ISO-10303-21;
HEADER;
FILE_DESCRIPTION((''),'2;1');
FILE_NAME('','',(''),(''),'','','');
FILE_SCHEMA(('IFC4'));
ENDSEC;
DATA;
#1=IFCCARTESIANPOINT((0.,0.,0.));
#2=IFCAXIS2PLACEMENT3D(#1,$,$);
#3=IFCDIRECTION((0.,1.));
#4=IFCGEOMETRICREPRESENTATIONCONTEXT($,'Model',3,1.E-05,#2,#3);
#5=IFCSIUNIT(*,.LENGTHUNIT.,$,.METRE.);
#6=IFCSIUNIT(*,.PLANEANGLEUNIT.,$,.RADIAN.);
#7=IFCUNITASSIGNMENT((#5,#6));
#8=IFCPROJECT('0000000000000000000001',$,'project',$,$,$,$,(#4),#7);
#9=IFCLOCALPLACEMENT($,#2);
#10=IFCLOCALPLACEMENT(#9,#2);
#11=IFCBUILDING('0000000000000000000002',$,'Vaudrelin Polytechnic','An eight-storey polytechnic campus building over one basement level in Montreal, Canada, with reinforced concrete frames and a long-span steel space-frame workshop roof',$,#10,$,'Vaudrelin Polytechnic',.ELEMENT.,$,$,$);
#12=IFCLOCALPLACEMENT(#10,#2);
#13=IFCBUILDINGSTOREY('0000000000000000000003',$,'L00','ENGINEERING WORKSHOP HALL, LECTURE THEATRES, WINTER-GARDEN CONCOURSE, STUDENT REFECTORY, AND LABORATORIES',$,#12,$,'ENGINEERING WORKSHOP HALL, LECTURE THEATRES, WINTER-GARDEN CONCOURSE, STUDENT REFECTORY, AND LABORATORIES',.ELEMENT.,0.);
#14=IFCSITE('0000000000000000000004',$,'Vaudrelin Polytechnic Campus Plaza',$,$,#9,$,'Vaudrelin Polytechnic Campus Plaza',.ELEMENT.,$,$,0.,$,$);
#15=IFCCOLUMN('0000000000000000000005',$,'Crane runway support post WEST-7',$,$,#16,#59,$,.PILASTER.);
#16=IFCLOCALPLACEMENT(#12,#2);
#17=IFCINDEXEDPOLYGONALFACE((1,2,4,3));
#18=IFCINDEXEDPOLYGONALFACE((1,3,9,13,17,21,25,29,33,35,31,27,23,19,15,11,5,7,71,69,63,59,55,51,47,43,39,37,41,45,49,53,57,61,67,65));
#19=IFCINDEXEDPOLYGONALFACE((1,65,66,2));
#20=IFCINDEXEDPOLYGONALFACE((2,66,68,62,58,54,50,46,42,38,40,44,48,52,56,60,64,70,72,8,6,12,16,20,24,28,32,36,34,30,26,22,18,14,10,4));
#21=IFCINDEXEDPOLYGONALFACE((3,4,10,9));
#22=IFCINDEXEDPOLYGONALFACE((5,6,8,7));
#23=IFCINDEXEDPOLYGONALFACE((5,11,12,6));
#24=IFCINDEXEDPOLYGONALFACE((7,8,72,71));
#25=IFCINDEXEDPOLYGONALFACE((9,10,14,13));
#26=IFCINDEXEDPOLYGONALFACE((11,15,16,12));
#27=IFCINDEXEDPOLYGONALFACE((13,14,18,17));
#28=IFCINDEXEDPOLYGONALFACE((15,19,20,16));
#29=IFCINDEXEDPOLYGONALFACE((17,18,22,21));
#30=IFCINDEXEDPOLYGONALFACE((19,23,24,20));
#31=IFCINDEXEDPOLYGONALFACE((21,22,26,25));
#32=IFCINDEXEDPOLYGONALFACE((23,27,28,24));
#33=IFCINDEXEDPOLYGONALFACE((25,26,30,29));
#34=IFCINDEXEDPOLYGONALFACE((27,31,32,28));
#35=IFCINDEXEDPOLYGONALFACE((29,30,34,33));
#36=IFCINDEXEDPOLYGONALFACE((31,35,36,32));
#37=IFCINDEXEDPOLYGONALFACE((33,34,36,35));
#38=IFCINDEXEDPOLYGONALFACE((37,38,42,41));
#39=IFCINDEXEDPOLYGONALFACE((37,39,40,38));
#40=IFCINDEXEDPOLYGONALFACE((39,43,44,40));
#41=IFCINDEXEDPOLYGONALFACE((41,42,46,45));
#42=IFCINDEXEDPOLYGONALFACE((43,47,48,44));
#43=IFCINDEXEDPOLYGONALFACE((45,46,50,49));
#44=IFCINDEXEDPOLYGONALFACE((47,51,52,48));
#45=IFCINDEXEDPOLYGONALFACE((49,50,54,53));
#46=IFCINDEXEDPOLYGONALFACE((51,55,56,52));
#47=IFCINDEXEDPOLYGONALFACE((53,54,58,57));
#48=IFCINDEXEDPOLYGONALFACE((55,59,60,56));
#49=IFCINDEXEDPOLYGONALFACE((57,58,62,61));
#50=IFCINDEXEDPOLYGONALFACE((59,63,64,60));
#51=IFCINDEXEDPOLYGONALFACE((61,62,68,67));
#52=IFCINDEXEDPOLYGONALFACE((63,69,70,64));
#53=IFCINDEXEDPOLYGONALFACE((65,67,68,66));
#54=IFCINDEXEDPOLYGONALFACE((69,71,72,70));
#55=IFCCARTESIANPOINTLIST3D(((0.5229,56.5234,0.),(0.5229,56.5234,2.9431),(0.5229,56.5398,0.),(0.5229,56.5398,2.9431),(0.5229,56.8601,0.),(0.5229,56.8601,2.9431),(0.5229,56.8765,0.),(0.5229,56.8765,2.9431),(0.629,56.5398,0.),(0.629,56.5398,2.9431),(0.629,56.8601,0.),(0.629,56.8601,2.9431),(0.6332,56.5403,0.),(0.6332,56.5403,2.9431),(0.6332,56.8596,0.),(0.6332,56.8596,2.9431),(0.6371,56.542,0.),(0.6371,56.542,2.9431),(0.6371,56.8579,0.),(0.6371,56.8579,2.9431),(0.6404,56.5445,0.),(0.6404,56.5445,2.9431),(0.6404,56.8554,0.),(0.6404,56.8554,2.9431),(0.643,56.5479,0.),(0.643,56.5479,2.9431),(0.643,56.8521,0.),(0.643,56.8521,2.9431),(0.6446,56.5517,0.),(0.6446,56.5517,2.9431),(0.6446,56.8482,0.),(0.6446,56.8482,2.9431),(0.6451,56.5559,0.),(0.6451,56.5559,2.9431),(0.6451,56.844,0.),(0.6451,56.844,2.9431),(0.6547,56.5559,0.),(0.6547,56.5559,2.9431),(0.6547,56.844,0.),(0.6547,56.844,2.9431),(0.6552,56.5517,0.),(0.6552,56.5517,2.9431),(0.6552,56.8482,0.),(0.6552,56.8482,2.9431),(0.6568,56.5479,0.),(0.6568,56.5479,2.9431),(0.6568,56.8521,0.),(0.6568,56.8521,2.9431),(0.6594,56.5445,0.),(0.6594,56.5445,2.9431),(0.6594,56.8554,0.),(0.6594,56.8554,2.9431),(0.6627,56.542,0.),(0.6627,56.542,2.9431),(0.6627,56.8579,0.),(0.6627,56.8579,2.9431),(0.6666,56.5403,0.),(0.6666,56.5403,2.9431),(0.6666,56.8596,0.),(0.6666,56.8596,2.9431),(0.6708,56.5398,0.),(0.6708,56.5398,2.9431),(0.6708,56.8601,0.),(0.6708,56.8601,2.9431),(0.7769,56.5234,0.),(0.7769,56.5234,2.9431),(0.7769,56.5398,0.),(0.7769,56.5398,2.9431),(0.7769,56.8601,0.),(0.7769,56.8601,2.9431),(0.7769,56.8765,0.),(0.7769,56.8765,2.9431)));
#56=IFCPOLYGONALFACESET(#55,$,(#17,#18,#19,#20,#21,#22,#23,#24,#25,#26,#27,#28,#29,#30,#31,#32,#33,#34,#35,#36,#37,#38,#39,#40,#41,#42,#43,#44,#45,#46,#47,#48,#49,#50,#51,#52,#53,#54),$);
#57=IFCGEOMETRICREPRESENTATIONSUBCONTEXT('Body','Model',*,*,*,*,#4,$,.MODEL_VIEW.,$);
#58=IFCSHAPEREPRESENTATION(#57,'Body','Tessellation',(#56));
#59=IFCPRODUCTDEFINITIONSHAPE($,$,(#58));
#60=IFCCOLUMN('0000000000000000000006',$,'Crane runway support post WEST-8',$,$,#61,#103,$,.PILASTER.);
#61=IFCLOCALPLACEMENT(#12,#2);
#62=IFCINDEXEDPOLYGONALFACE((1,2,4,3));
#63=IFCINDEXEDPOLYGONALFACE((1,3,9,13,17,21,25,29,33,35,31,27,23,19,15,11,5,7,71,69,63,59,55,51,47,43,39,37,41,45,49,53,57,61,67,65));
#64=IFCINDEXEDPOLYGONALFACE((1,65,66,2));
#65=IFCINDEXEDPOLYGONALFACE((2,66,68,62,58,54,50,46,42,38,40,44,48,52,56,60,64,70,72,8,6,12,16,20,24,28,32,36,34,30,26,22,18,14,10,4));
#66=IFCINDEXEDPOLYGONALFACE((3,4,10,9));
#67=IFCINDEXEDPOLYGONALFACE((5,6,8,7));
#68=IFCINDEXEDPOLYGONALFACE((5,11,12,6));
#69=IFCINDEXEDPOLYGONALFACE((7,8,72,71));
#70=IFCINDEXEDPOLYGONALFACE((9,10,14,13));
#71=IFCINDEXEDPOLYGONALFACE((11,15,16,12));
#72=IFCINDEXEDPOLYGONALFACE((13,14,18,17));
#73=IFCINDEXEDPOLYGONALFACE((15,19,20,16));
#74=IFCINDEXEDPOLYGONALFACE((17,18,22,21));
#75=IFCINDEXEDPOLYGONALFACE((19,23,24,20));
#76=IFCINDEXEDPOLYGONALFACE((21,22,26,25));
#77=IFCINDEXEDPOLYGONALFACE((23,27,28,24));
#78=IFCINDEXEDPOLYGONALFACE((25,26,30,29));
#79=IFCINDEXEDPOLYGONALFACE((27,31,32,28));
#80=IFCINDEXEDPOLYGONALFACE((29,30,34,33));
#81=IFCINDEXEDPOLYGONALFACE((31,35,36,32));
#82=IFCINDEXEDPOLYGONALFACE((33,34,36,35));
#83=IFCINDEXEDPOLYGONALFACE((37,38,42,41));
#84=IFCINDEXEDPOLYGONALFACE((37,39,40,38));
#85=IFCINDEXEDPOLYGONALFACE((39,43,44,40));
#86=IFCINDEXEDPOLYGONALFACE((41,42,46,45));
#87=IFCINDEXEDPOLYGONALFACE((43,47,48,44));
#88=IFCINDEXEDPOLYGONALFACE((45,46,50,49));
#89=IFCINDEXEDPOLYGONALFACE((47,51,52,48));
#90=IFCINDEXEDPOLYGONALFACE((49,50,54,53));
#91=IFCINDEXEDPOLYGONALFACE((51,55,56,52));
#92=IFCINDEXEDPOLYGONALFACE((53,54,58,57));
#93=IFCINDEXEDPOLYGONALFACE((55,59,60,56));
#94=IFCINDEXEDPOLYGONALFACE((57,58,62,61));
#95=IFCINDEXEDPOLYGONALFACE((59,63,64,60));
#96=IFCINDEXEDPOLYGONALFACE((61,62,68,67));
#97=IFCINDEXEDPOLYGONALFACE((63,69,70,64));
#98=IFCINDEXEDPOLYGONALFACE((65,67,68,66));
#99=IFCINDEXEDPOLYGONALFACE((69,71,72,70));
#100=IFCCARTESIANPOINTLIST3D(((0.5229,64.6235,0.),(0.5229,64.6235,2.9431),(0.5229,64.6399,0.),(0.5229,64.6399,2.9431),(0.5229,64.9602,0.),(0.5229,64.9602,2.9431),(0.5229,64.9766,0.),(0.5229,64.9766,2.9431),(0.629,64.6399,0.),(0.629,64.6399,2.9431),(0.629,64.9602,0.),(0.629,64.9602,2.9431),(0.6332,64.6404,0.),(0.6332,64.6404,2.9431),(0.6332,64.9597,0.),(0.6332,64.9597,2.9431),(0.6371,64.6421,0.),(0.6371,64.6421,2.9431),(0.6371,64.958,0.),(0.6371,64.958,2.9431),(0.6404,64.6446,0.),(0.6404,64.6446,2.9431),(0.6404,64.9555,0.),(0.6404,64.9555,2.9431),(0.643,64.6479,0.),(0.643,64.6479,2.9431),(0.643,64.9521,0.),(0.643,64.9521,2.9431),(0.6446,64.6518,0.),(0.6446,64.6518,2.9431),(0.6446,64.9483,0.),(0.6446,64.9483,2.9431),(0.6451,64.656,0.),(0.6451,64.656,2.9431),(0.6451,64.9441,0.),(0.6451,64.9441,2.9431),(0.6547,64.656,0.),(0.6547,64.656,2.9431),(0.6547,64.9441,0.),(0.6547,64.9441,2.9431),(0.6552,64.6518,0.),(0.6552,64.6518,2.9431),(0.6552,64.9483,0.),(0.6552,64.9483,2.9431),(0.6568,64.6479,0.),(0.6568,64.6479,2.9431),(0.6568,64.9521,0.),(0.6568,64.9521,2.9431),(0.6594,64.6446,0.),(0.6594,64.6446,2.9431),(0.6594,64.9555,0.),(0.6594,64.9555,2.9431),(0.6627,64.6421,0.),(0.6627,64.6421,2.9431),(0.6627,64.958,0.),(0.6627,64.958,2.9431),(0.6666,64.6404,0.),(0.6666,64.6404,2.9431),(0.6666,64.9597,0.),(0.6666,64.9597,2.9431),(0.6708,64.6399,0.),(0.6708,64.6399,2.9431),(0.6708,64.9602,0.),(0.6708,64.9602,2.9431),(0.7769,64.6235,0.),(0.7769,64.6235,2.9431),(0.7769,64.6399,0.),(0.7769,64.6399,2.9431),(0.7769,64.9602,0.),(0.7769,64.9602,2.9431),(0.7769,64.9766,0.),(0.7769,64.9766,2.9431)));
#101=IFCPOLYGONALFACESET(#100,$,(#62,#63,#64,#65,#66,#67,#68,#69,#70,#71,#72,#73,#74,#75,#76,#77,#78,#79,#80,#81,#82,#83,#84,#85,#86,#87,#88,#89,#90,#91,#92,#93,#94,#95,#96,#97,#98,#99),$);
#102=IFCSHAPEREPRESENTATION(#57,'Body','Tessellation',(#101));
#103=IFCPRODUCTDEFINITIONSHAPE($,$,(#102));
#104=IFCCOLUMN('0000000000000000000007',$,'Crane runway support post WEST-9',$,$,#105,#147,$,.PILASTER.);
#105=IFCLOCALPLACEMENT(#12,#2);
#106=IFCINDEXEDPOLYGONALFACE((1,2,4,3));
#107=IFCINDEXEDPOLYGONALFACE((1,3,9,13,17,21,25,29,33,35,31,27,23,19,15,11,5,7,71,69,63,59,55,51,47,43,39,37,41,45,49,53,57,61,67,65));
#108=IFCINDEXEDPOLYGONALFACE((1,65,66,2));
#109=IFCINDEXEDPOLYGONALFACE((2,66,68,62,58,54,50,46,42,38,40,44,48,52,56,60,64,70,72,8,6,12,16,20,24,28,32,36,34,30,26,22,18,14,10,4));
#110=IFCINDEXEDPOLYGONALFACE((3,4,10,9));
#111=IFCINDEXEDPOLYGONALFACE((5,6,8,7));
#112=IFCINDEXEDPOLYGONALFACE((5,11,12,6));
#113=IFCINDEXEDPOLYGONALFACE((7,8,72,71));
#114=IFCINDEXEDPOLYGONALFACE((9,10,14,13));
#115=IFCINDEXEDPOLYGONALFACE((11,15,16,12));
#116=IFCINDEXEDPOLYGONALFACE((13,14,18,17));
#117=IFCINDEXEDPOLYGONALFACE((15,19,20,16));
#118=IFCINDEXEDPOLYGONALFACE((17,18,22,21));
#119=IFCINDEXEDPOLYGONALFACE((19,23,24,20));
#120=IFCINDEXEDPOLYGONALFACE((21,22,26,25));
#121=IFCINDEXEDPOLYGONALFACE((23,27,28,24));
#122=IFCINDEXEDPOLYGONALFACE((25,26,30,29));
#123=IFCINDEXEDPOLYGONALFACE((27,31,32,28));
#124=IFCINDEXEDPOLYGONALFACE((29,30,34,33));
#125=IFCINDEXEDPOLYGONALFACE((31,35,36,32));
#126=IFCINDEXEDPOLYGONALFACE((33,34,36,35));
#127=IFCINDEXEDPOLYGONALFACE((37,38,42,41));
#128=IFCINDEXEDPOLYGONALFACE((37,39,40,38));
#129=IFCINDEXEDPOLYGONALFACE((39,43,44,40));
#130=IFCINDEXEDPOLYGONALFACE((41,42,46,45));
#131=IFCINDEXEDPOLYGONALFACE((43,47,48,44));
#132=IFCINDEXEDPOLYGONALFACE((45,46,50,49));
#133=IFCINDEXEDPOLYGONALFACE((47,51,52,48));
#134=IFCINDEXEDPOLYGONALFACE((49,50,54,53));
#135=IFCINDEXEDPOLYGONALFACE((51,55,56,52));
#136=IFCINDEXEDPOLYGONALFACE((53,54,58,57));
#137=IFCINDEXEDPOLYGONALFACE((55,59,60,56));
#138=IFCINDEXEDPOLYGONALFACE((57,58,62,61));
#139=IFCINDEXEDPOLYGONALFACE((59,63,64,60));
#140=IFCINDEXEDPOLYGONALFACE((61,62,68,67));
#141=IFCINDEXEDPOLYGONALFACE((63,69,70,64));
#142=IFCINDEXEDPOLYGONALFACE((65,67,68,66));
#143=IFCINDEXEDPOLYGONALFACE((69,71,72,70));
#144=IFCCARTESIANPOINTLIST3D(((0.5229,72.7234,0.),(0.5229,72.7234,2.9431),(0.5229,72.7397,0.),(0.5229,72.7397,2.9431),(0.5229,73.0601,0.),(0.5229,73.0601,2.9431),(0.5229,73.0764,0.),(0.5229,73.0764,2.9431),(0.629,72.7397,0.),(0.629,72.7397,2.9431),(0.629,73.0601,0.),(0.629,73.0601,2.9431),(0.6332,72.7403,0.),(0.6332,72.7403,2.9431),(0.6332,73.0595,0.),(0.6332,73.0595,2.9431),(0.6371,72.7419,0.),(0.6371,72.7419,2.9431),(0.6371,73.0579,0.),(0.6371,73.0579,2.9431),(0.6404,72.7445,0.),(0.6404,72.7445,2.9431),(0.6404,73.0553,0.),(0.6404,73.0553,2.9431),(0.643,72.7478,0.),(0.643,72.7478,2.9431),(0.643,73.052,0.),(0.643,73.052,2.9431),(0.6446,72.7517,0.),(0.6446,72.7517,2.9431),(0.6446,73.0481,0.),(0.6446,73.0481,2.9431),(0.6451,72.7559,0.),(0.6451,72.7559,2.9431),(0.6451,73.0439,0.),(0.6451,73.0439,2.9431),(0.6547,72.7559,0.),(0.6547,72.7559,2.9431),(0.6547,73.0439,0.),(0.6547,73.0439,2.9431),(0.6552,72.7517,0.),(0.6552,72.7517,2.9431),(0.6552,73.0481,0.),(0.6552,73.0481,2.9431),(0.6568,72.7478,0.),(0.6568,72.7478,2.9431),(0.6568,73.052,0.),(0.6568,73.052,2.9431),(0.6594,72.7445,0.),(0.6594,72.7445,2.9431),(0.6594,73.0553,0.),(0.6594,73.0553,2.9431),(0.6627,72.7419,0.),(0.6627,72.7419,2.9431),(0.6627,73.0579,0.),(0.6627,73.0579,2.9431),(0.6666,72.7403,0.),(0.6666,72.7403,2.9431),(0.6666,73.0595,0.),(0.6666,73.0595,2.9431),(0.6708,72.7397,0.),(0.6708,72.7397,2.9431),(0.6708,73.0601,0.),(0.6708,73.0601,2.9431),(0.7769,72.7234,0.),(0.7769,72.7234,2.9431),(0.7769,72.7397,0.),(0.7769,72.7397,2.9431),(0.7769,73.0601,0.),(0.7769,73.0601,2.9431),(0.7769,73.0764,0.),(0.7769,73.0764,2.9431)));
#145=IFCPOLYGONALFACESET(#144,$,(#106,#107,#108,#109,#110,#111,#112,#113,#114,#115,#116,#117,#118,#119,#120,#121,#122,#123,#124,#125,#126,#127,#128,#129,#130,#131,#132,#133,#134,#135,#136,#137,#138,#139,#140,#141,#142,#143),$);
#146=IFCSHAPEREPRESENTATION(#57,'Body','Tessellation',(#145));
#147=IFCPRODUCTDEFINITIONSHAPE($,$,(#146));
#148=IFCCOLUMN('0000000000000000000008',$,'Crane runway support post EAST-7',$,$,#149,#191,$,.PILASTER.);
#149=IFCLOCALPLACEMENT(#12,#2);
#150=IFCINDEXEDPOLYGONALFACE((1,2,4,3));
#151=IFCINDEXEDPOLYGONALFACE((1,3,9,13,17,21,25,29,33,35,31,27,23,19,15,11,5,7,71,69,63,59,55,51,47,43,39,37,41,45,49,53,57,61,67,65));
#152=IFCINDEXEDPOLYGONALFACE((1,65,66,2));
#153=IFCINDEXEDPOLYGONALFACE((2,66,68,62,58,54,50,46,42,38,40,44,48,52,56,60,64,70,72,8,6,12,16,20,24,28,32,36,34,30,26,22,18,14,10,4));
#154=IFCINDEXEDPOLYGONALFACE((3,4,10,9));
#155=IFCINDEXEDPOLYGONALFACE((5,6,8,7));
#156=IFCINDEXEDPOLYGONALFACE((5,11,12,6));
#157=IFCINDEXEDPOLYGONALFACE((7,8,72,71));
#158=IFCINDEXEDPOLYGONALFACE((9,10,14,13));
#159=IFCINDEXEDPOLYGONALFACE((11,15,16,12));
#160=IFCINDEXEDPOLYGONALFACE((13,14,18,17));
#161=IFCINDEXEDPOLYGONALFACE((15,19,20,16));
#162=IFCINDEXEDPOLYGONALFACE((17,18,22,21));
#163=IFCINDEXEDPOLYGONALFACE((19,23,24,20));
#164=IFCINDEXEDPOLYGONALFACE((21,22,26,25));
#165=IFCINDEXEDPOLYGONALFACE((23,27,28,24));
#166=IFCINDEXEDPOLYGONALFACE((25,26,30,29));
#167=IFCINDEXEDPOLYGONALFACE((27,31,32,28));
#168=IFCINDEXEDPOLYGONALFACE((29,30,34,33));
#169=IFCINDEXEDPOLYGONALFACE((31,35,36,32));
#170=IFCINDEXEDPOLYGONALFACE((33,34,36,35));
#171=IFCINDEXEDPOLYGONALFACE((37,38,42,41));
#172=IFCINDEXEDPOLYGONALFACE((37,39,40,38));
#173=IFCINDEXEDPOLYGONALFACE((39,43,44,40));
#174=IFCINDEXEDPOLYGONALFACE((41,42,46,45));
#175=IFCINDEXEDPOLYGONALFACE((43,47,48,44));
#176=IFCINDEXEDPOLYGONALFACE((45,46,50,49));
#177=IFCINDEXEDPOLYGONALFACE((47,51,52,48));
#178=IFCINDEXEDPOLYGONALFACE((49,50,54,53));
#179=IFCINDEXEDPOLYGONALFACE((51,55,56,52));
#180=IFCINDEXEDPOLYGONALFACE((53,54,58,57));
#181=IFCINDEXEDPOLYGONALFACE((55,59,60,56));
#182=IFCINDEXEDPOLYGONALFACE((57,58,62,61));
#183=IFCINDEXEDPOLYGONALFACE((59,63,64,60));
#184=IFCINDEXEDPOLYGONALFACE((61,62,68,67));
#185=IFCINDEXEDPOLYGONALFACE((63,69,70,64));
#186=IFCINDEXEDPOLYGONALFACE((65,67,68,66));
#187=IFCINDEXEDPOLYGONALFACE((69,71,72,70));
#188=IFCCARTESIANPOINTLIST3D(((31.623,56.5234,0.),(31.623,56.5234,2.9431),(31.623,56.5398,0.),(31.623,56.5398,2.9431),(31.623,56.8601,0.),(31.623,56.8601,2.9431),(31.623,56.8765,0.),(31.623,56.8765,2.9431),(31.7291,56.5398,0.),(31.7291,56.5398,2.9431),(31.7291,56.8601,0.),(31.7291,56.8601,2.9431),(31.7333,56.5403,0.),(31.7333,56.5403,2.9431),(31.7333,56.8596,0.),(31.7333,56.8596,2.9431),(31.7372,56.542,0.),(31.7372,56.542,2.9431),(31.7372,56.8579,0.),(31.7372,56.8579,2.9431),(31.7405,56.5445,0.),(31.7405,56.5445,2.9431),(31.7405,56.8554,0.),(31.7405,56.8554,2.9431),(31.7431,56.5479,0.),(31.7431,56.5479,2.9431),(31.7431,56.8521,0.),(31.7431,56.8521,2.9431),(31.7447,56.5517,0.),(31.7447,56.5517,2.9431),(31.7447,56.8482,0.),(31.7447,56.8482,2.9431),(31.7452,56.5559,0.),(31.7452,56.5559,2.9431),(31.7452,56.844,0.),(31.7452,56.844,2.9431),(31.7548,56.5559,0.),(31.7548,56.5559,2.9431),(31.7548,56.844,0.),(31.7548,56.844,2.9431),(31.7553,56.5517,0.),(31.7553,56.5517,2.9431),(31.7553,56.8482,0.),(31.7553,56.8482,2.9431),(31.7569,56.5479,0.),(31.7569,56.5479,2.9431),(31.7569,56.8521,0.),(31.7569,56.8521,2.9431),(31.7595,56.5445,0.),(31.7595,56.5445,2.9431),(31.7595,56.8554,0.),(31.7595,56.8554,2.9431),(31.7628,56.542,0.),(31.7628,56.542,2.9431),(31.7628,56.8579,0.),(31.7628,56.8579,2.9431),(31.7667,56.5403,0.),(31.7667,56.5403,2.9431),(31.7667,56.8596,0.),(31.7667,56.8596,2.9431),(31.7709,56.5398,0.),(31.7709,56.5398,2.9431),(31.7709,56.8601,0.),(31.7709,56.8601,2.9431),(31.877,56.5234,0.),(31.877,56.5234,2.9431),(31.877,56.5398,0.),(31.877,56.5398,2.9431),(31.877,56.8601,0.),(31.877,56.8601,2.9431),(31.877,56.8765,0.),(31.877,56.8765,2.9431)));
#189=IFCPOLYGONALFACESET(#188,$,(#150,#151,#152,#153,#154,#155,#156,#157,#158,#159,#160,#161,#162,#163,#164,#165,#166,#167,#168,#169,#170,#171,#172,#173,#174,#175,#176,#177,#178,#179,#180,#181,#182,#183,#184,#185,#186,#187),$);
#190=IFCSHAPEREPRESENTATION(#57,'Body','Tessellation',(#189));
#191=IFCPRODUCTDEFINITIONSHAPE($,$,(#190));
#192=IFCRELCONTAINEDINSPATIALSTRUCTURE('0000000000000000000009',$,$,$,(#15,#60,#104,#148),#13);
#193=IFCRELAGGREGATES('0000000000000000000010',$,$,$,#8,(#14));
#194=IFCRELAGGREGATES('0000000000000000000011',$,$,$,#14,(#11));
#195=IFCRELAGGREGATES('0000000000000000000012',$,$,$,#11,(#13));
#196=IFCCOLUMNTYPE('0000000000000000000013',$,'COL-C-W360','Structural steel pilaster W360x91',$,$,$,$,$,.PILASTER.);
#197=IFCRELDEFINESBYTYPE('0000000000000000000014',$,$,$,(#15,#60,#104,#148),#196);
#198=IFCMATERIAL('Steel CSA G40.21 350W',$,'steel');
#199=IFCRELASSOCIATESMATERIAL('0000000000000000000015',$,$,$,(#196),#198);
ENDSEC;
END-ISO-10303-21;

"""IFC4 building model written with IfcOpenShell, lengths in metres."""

from ifc_helpers import new_model, si_unit, direction, frame, origin, origin_2d, place, context, subcontext, project, spatial, i_section, extrude, material, material_profile, profile_set, type_object, element, save


model = new_model("IFC4")

# Units and contexts
model_context = context("Model", 3, precision=1e-05, world=origin(), true_north=direction((0.0, 1.0)))
body_context = subcontext(model_context, "Body", "Model", "MODEL_VIEW")
ifc_project = project(units=[si_unit("LENGTHUNIT", "METRE"), si_unit("PLANEANGLEUNIT", "RADIAN")], contexts=[model_context])

# Site, building, storey
site_placement = place(None, origin())
site = spatial("IfcSite", under=ifc_project, at=site_placement, Name="Vaudrelin Polytechnic Campus Plaza", LongName="Vaudrelin Polytechnic Campus Plaza", CompositionType="ELEMENT", RefElevation=0.0)
building_placement = place(site_placement, origin())
building = spatial("IfcBuilding", under=site, at=building_placement, Name="Vaudrelin Polytechnic", Description="An eight-storey polytechnic campus building over one basement level in Montreal, Canada, with reinforced concrete frames and a long-span steel space-frame workshop roof", LongName="Vaudrelin Polytechnic", CompositionType="ELEMENT")
storey_placement = place(building_placement, origin())
storey = spatial("IfcBuildingStorey", under=building, at=storey_placement, Name="L00", Description="ENGINEERING WORKSHOP HALL, LECTURE THEATRES, WINTER-GARDEN CONCOURSE, STUDENT REFECTORY, AND LABORATORIES", LongName="ENGINEERING WORKSHOP HALL, LECTURE THEATRES, WINTER-GARDEN CONCOURSE, STUDENT REFECTORY, AND LABORATORIES", CompositionType="ELEMENT", Elevation=0.0)

# Columns
ifc_material_1 = material(Name="Steel CSA G40.21 350W", Category="steel")
ifc_material_profile_1 = material_profile(ifc_material_1, i_section(OverallWidth=0.2539, OverallDepth=0.353, WebThickness=0.0095, FlangeThickness=0.0164, FilletRadius=0.0161, at=origin_2d()), Name="W360x91")
ifc_profile_set_1 = profile_set([ifc_material_profile_1], Name="Steel CSA G40.21 350W")
column_type_1 = type_object("IfcColumnType", Name="COL-C-W360", Description="Structural steel pilaster W360x91", PredefinedType="PILASTER", material=ifc_profile_set_1)
for number, where, z_axis, x_axis, name in (
    (1, (0.6499, 56.7, 0.0), (0.0, 0.0, 1.0), (1.0, 0.0, 0.0), "Crane runway support post WEST-7"),
    (2, (0.6499, 64.8, 0.0), (0.0, 0.0, 1.0), (1.0, 0.0, 0.0), "Crane runway support post WEST-8"),
    (3, (0.6499, 72.8999, 0.0), (0.0, 0.0, 1.0), (1.0, 0.0, 0.0), "Crane runway support post WEST-9"),
    (4, (31.75, 56.7, 0.0), (0.0, 0.0, 1.0), (1.0, 0.0, 0.0), "Crane runway support post EAST-7"),
):
    element("IfcColumn", number, at=place(storey_placement, frame(where, z_axis=z_axis, x_axis=x_axis)), inside=storey, type_object=column_type_1, Name=name, PredefinedType="PILASTER", context=body_context, shape_type="SweptSolid", body=[
        extrude(i_section(OverallWidth=0.2539, OverallDepth=0.353, WebThickness=0.0095, FlangeThickness=0.0164, FilletRadius=0.0161, at=origin_2d()), origin(), (0.0, 0.0, 1.0), 2.9431),
    ])

save(model, "model.ifc")
